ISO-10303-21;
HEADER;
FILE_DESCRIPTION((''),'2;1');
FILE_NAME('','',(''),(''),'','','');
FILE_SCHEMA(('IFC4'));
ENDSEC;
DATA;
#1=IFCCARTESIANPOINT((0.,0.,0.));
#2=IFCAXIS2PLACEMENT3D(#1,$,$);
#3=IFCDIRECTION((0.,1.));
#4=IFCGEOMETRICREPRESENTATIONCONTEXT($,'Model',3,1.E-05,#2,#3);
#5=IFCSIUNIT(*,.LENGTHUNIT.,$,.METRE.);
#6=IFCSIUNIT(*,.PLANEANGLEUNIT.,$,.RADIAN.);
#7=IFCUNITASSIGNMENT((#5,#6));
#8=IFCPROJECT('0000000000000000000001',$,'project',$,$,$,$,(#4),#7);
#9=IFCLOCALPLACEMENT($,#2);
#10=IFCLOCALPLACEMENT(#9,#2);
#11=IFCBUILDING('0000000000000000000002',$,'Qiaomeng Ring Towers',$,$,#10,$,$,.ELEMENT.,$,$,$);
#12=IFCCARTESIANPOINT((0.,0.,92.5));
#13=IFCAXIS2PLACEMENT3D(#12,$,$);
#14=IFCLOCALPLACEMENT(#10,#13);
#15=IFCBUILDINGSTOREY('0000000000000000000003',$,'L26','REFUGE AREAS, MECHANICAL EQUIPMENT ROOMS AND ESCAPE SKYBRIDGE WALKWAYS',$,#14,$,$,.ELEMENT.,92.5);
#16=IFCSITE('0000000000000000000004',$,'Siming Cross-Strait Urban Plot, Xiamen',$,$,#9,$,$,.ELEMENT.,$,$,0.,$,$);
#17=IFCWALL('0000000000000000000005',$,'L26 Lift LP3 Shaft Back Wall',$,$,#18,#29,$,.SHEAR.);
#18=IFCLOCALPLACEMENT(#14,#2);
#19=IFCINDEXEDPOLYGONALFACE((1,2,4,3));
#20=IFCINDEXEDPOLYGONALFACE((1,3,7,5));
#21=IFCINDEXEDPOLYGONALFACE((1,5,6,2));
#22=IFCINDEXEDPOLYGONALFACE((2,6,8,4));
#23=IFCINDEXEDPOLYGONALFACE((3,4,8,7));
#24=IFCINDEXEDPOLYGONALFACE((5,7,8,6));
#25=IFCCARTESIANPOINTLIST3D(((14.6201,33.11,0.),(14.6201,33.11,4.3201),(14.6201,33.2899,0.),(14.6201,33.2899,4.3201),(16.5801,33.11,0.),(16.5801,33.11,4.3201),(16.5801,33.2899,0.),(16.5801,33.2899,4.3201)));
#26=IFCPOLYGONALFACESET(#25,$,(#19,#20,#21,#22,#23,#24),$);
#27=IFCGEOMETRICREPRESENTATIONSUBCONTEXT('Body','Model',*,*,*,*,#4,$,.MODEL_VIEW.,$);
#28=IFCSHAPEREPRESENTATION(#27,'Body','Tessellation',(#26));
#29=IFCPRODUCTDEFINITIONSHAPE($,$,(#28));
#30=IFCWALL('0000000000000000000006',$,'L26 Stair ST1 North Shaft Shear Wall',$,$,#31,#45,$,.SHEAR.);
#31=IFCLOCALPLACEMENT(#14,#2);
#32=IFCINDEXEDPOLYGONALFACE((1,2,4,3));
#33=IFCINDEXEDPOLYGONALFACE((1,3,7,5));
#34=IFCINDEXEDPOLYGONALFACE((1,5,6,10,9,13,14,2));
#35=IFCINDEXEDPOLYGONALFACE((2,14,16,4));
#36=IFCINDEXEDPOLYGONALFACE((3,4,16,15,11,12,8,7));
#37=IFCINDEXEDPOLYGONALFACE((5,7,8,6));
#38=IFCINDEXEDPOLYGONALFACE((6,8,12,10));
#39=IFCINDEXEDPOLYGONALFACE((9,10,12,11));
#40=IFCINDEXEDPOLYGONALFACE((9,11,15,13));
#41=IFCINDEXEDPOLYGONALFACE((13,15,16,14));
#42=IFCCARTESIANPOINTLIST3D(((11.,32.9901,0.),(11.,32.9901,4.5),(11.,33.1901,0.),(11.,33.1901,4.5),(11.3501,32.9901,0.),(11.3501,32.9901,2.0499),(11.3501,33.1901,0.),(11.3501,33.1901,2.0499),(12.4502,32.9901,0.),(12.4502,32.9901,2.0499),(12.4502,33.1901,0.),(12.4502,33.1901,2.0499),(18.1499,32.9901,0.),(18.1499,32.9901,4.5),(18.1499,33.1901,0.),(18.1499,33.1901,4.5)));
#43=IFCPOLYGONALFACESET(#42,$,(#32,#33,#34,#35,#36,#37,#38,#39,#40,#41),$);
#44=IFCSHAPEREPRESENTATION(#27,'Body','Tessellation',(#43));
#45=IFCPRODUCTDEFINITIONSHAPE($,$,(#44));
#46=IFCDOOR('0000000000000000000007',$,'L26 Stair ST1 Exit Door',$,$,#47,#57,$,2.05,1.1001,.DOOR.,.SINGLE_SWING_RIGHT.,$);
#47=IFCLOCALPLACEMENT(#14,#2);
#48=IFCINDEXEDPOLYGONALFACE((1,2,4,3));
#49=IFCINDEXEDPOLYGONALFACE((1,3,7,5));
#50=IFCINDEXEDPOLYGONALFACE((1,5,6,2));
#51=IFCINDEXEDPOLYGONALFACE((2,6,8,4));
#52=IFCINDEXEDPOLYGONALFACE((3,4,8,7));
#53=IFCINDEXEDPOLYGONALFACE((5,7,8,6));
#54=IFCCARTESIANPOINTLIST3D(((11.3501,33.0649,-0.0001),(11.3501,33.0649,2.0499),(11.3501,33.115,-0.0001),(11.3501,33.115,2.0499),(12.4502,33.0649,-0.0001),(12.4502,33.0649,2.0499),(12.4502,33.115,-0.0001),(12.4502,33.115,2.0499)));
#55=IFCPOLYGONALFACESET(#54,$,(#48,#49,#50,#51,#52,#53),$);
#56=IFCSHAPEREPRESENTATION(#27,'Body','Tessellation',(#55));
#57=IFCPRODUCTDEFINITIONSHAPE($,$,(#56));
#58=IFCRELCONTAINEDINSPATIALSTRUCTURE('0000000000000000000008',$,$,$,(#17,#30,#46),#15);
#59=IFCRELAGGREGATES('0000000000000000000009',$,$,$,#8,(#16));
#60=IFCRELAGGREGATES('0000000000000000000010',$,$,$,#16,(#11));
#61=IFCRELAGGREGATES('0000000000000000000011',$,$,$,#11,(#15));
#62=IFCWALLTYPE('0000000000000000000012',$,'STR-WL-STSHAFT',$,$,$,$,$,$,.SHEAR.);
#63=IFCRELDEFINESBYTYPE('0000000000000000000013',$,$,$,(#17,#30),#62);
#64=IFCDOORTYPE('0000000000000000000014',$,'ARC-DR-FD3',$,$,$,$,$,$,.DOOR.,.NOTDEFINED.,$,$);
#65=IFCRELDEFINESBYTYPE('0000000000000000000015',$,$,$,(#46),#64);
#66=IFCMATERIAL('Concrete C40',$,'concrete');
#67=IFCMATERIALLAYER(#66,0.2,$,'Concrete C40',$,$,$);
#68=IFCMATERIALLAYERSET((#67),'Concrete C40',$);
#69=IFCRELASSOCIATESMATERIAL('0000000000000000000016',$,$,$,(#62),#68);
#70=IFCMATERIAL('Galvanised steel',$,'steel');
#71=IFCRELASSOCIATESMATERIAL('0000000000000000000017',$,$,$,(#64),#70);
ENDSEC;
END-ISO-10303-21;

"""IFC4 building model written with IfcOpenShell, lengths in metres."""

from ifc_helpers import new_model, si_unit, direction, frame, frame_2d, origin, place, context, subcontext, project, spatial, rectangle, extrude, source, transform, mapped, material, layer, layer_set, type_object, element, fill, save


model = new_model("IFC4")

# Units and contexts
model_context = context("Model", 3, precision=1e-05, world=origin(), true_north=direction((0.0, 1.0)))
body_context = subcontext(model_context, "Body", "Model", "MODEL_VIEW")
ifc_project = project(units=[si_unit("LENGTHUNIT", "METRE"), si_unit("PLANEANGLEUNIT", "RADIAN")], contexts=[model_context])

# Site, building, storey
site_placement = place(None, origin())
site = spatial("IfcSite", under=ifc_project, at=site_placement, Name="Siming Cross-Strait Urban Plot, Xiamen", CompositionType="ELEMENT", RefElevation=0.0)
building_placement = place(site_placement, origin())
building = spatial("IfcBuilding", under=site, at=building_placement, Name="Qiaomeng Ring Towers", CompositionType="ELEMENT")
storey_placement = place(building_placement, frame((0.0, 0.0, 92.5)))
storey = spatial("IfcBuildingStorey", under=building, at=storey_placement, Name="L26", Description="REFUGE AREAS, MECHANICAL EQUIPMENT ROOMS AND ESCAPE SKYBRIDGE WALKWAYS", CompositionType="ELEMENT", Elevation=92.5)

# Shared definitions
ifc_material_1 = material(Name="Galvanised steel", Category="steel")

# Wall
ifc_material_2 = material(Name="Concrete C40", Category="concrete")
ifc_layer_1 = layer(ifc_material_2, 0.2, Name="Concrete C40")
ifc_layer_set_1 = layer_set([ifc_layer_1], Name="Concrete C40")
wall_type_1 = type_object("IfcWallType", Name="STR-WL-STSHAFT", PredefinedType="SHEAR", material=ifc_layer_set_1)
wall_1_placement = place(storey_placement, frame((14.6201, 33.2, 0.0), z_axis=(0.0, 0.0, 1.0), x_axis=(1.0, 0.0, 0.0)))
element("IfcWall", 1, at=wall_1_placement, inside=storey, type_object=wall_type_1, Name="L26 Lift LP3 Shaft Back Wall", PredefinedType="SHEAR", context=body_context, shape_type="SweptSolid", body=[
    extrude(rectangle(XDim=1.96, YDim=0.1799, at=frame_2d((0.98, 0.0))), origin(), (0.0, 0.0, 1.0), 4.3201),
])

# Wall, opening, door
wall_2_placement = place(storey_placement, frame((11.0, 33.0901, 0.0), z_axis=(0.0, 0.0, 1.0), x_axis=(1.0, 0.0, 0.0)))
wall_2 = element("IfcWall", 2, at=wall_2_placement, inside=storey, type_object=wall_type_1, Name="L26 Stair ST1 North Shaft Shear Wall", PredefinedType="SHEAR", context=body_context, shape_type="SweptSolid", body=[
    extrude(rectangle(XDim=7.1499, YDim=0.2, at=frame_2d((3.575, 0.0))), origin(), (0.0, 0.0, 1.0), 4.5),
])
opening_1_placement = place(wall_2_placement, frame((0.3501, 0.0, 0.0)))
opening_1 = element("IfcOpeningElement", 3, at=opening_1_placement, cuts=wall_2, PredefinedType="OPENING", context=body_context, shape_type="SweptSolid", body=[
    extrude(rectangle(XDim=1.1001, YDim=2.05, at=frame_2d((0.55, 1.0249))), frame((0.0, 0.1099, 0.0), z_axis=(0.0, -1.0, 0.0), x_axis=(1.0, 0.0, 0.0)), (0.0, 0.0, 1.0), 0.22),
])
door_type_1 = type_object("IfcDoorType", Name="ARC-DR-FD3", OperationType="NOTDEFINED", PredefinedType="DOOR", material=ifc_material_1)
shared_shape_1 = source(origin(), body_context, "Body", "SweptSolid", [
    extrude(rectangle(XDim=1.1001, YDim=2.05, at=frame_2d((0.55, 1.0249))), frame((0.0, 0.0249, 0.0), z_axis=(0.0, -1.0, 0.0), x_axis=(1.0, 0.0, 0.0)), (0.0, 0.0, 1.0), 0.05),
])
door_1_placement = place(opening_1_placement, origin())
door_1 = element("IfcDoor", 4, at=door_1_placement, inside=storey, type_object=door_type_1, Name="L26 Stair ST1 Exit Door", OperationType="SINGLE_SWING_RIGHT", OverallHeight=2.05, OverallWidth=1.1001, PredefinedType="DOOR", context=body_context, shape_type="MappedRepresentation", body=[
    mapped(shared_shape_1, transform((0.0, 0.0, 0.0), x_axis=(1.0, 0.0, 0.0), y_axis=(0.0, 1.0, 0.0), z_axis=(0.0, 0.0, 1.0), scale=1.0)),
])
fill(opening_1, door_1)

save(model, "model.ifc")
